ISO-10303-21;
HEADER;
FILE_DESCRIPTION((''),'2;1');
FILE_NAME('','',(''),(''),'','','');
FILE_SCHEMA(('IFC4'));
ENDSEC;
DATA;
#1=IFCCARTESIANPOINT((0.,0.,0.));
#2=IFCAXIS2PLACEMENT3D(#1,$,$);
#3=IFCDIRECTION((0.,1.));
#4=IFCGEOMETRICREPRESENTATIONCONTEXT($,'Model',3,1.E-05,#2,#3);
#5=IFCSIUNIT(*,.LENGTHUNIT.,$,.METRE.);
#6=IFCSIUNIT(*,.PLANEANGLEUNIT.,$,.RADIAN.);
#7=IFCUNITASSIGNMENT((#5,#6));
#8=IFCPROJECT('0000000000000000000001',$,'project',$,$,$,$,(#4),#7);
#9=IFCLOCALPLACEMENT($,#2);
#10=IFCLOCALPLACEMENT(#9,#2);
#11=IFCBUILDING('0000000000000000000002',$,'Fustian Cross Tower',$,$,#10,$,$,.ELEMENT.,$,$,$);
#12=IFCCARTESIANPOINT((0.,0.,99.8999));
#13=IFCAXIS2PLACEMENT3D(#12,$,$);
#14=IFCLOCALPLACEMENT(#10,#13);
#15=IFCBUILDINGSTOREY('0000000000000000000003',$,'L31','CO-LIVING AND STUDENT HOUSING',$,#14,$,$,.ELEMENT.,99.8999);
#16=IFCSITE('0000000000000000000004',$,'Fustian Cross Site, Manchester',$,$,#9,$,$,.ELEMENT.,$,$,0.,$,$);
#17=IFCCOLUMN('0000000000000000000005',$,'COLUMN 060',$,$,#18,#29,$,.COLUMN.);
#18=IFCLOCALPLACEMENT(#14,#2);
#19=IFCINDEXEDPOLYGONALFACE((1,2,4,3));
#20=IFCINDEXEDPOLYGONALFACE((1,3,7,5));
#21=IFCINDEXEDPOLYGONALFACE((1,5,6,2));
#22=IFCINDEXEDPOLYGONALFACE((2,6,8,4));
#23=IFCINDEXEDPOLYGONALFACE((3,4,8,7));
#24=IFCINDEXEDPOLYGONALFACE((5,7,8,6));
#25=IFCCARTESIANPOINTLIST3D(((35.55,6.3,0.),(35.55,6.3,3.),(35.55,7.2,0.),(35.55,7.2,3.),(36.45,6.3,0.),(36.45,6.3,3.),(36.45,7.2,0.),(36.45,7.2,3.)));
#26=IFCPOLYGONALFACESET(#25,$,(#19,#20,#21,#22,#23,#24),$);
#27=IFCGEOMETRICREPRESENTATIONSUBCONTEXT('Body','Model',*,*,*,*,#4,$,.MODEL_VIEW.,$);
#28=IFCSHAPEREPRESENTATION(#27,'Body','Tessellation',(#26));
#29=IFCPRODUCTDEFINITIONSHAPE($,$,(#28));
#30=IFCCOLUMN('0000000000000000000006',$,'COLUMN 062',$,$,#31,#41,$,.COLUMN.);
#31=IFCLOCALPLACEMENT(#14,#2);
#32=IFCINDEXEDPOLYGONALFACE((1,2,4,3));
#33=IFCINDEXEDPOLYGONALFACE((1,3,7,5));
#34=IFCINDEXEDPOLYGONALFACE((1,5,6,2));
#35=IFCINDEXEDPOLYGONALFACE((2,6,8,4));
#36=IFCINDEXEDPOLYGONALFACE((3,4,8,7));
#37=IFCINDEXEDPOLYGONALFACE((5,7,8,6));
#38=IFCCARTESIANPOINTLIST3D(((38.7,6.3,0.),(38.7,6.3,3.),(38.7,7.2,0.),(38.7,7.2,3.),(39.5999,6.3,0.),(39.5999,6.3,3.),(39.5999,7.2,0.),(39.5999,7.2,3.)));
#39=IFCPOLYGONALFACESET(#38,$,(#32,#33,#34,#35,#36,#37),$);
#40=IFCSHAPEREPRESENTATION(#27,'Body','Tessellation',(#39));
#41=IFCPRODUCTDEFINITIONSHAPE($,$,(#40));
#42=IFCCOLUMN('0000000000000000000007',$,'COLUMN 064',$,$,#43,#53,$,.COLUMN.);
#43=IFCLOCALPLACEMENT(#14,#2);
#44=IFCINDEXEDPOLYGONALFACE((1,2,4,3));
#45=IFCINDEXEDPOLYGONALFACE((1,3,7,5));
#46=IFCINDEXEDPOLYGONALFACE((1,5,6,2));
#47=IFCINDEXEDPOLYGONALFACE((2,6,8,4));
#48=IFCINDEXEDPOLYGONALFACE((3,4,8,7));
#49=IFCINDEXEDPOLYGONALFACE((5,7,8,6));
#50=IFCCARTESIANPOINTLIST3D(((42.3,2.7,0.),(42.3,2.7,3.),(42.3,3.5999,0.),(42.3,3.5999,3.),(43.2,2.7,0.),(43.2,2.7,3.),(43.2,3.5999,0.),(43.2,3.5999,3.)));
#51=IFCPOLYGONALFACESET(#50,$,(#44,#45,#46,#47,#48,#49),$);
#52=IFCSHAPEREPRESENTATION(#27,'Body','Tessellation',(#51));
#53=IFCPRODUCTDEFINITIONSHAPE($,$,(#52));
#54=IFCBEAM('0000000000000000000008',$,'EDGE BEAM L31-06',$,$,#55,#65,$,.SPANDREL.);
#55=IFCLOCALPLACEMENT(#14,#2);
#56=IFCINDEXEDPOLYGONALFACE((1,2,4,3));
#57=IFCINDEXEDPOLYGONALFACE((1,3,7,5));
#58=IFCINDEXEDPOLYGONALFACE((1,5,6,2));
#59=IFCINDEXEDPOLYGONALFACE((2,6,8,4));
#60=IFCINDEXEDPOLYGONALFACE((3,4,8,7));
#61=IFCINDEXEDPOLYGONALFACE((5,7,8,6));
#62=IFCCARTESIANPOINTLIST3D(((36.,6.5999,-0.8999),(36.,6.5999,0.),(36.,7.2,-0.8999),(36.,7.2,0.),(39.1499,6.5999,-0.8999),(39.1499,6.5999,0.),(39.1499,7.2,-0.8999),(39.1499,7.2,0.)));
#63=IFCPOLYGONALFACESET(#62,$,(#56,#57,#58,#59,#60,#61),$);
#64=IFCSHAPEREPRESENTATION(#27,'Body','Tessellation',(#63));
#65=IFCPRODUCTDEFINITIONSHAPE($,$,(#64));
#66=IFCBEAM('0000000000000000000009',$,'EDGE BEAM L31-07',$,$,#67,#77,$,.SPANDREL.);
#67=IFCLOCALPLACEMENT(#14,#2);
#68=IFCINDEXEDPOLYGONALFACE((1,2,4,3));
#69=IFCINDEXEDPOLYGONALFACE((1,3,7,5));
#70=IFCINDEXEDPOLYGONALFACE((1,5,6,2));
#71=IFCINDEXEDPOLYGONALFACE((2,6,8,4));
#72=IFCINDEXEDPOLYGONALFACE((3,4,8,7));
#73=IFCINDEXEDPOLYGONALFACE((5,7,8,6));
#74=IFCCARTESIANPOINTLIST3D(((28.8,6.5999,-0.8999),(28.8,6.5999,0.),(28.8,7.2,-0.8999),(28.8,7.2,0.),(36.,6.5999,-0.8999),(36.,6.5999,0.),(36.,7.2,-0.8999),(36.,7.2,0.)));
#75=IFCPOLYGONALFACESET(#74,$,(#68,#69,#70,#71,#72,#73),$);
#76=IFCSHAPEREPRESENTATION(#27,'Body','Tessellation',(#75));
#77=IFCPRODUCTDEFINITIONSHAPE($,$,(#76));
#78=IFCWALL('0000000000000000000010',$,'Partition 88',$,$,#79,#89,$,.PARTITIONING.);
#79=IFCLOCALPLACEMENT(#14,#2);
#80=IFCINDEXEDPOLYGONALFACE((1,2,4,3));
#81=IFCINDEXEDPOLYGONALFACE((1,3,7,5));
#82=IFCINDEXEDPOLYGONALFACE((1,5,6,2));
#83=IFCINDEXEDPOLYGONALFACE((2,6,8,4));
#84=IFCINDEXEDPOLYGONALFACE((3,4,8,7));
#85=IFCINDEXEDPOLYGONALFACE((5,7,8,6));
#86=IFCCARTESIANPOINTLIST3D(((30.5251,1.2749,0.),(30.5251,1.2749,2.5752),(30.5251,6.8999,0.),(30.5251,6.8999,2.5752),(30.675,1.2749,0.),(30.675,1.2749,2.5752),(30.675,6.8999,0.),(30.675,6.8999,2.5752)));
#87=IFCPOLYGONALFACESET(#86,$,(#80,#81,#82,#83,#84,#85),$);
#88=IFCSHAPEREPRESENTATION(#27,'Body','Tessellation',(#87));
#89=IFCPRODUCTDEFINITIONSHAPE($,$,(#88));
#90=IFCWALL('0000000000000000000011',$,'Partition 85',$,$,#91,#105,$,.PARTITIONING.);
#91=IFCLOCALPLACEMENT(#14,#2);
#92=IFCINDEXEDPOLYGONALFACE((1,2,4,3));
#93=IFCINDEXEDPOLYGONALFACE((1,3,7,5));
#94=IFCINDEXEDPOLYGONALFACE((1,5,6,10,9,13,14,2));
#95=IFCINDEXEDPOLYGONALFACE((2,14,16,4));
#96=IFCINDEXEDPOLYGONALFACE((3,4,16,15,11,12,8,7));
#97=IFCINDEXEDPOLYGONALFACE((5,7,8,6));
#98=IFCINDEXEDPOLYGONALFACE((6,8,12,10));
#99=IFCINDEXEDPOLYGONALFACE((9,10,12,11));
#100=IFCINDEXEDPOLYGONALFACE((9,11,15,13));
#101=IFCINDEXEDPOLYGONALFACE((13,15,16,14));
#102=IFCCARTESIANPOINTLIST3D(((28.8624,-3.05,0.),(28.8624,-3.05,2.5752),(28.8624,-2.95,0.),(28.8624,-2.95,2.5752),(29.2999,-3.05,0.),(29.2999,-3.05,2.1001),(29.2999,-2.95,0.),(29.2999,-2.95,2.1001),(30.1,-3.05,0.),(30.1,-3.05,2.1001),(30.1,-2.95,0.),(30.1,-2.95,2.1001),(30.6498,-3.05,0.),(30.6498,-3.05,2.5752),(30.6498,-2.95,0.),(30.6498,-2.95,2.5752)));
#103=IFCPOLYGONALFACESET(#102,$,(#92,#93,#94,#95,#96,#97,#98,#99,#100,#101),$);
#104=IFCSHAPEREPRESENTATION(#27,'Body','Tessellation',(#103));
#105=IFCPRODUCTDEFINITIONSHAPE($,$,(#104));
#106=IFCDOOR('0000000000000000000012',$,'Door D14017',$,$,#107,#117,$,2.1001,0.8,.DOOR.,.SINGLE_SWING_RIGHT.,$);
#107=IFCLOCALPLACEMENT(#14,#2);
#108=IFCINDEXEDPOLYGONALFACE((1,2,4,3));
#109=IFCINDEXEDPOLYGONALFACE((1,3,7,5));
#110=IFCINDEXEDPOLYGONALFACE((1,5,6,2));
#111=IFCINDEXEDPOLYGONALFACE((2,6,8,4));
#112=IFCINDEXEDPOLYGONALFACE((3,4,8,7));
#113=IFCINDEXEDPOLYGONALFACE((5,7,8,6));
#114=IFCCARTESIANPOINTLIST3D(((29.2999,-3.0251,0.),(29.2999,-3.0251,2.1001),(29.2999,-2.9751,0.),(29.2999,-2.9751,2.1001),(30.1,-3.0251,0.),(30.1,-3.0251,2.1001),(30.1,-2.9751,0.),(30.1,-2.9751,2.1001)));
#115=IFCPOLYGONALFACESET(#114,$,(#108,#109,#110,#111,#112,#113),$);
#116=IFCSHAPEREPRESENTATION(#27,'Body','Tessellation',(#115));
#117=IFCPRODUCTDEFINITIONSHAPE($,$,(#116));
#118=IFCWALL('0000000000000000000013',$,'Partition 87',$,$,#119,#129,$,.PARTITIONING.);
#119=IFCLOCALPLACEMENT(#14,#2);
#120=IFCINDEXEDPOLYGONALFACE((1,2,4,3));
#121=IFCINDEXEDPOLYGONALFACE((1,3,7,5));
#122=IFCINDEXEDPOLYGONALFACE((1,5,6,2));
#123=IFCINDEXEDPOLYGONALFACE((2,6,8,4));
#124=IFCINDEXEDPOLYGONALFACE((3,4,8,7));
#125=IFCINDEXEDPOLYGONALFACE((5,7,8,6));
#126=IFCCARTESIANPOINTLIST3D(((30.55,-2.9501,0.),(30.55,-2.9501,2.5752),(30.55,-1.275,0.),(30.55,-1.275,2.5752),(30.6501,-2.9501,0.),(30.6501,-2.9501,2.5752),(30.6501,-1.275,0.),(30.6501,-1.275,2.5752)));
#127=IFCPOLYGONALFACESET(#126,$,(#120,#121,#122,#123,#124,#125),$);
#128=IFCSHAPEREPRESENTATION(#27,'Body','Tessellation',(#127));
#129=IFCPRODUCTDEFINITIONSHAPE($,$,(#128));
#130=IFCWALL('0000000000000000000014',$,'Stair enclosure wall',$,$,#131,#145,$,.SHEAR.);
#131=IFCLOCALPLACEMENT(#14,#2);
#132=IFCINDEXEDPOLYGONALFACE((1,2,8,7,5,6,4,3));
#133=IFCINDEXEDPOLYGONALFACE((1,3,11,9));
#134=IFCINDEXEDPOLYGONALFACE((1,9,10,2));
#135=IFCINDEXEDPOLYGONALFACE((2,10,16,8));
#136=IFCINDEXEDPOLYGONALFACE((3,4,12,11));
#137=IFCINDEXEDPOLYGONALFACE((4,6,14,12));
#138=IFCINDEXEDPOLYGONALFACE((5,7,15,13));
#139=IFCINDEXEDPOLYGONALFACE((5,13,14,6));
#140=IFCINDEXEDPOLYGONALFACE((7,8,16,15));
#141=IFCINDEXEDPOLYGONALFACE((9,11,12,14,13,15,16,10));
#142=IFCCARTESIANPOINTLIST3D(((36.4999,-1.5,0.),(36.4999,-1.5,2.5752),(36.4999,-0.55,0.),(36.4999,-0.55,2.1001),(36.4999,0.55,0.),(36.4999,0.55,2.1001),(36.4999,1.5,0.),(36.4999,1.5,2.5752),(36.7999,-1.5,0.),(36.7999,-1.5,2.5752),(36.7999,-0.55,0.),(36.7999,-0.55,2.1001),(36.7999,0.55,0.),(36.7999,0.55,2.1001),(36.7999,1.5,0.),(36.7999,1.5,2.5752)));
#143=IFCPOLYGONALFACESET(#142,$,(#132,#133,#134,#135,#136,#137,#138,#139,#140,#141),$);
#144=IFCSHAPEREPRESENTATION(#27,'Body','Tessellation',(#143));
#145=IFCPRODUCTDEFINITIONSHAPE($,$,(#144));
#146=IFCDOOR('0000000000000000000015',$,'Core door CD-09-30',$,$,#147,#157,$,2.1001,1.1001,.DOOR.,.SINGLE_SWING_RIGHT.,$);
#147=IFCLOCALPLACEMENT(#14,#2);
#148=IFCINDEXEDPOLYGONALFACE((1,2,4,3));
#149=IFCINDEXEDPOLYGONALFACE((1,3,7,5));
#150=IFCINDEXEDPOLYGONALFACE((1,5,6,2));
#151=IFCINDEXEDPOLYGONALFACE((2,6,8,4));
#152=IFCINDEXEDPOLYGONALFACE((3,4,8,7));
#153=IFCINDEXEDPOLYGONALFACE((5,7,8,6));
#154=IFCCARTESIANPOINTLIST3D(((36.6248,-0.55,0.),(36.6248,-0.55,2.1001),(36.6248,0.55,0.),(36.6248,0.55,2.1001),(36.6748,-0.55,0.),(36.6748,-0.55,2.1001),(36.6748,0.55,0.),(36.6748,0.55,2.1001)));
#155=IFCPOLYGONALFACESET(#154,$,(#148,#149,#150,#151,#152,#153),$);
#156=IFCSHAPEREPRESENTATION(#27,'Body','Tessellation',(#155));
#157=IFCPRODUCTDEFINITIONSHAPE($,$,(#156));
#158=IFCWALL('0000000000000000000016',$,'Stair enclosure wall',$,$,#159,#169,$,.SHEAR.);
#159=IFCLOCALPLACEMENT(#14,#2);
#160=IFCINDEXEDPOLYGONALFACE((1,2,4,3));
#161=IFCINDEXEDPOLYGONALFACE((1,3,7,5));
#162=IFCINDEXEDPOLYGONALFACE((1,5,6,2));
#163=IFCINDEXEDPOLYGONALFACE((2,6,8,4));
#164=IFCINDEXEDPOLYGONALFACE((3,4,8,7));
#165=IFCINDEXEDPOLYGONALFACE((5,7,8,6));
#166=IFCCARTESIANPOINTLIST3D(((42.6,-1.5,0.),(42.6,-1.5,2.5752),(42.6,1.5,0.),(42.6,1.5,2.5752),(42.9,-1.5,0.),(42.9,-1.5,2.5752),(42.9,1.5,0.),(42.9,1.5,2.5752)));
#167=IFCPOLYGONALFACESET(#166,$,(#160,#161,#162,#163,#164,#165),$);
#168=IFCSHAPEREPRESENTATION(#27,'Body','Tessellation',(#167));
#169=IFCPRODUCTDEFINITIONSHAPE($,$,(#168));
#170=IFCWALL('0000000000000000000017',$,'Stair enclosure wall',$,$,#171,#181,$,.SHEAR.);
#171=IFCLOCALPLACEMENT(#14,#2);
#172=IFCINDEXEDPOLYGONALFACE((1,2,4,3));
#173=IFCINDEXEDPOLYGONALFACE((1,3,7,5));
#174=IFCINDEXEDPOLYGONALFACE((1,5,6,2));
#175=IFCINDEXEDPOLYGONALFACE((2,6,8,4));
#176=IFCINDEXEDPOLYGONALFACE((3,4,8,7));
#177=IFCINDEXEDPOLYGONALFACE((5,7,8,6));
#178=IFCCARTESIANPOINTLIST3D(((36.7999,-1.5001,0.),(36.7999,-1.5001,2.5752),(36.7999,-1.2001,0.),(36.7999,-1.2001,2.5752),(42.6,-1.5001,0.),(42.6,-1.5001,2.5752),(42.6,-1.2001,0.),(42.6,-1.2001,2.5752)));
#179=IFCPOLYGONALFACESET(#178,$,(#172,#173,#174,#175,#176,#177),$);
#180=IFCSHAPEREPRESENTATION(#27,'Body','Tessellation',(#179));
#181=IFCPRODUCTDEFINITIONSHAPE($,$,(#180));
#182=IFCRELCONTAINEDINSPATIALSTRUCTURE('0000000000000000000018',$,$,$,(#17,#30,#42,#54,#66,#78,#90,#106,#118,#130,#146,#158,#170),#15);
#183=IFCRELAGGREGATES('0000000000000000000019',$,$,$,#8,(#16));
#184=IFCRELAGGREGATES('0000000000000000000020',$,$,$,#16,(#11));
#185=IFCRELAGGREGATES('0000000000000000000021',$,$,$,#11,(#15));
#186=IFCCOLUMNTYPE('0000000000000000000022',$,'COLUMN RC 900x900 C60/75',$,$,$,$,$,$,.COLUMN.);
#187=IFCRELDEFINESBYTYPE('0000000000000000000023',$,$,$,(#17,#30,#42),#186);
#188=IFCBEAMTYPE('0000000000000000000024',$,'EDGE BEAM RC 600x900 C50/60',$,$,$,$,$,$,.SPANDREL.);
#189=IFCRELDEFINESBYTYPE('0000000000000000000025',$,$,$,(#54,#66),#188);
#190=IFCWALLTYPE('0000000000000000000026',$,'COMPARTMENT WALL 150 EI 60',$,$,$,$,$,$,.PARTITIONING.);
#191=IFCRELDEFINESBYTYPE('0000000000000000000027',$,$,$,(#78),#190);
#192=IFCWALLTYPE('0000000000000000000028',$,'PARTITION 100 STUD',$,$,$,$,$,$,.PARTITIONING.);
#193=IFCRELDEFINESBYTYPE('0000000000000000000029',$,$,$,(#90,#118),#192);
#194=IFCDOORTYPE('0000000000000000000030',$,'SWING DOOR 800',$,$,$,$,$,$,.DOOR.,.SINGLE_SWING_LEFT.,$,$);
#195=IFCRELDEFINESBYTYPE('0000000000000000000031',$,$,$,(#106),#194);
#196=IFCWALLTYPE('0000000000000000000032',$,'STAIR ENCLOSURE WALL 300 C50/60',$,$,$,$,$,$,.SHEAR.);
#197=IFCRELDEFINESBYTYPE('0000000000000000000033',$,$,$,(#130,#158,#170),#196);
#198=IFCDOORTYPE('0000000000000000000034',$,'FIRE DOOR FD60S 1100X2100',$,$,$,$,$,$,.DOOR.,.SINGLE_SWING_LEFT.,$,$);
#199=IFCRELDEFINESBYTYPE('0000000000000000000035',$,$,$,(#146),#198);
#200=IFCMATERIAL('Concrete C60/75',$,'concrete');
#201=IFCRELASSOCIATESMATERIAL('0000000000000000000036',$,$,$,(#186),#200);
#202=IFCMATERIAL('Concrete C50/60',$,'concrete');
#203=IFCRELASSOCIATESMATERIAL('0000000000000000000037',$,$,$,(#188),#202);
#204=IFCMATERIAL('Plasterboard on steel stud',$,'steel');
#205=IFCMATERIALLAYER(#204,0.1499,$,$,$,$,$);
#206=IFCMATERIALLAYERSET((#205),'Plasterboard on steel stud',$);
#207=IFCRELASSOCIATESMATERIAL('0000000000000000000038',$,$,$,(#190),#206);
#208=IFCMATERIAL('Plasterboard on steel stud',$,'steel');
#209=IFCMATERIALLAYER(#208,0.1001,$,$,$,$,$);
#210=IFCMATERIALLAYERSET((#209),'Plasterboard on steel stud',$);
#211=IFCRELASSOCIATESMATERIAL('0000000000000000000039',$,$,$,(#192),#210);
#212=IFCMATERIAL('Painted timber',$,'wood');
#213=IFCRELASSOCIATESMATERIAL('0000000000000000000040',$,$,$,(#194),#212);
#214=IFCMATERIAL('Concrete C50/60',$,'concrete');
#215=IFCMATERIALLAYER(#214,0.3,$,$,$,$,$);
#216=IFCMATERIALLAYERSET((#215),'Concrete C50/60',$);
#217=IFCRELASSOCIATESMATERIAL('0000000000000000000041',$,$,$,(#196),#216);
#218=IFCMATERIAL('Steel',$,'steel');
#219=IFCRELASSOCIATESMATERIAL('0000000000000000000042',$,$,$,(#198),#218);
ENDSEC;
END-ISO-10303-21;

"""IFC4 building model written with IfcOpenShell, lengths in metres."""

from ifc_helpers import new_model, si_unit, direction, frame, frame_2d, origin, origin_2d, place, context, subcontext, project, spatial, rectangle, extrude, material, layer, layer_set, material_profile, profile_set, type_object, element, fill, save


model = new_model("IFC4")

# Units and contexts
model_context = context("Model", 3, precision=1e-05, world=origin(), true_north=direction((0.0, 1.0)))
body_context = subcontext(model_context, "Body", "Model", "MODEL_VIEW")
ifc_project = project(units=[si_unit("LENGTHUNIT", "METRE"), si_unit("PLANEANGLEUNIT", "RADIAN")], contexts=[model_context])

# Site, building, storey
site_placement = place(None, origin())
site = spatial("IfcSite", under=ifc_project, at=site_placement, Name="Fustian Cross Site, Manchester", CompositionType="ELEMENT", RefElevation=0.0)
building_placement = place(site_placement, origin())
building = spatial("IfcBuilding", under=site, at=building_placement, Name="Fustian Cross Tower", CompositionType="ELEMENT")
storey_placement = place(building_placement, frame((0.0, 0.0, 99.8999)))
storey = spatial("IfcBuildingStorey", under=building, at=storey_placement, Name="L31", Description="CO-LIVING AND STUDENT HOUSING", CompositionType="ELEMENT", Elevation=99.8999)

# Columns
ifc_material_1 = material(Name="Concrete C60/75", Category="concrete")
ifc_material_profile_1 = material_profile(ifc_material_1, rectangle(XDim=0.8999, YDim=0.8999, at=origin_2d()), Name="RC 900x900")
ifc_profile_set_1 = profile_set([ifc_material_profile_1], Name="Concrete C60/75")
column_type = type_object("IfcColumnType", Name="COLUMN RC 900x900 C60/75", PredefinedType="COLUMN", material=ifc_profile_set_1)
for number, where, z_axis, x_axis, name in (
    (1, (36.0, 6.75, 0.0), (0.0, 0.0, 1.0), (1.0, 0.0, 0.0), "COLUMN 060"),
    (2, (39.1499, 6.75, 0.0), (0.0, 0.0, 1.0), (1.0, 0.0, 0.0), "COLUMN 062"),
    (3, (42.75, 3.1499, 0.0), (0.0, 0.0, 1.0), (1.0, 0.0, 0.0), "COLUMN 064"),
):
    element("IfcColumn", number, at=place(storey_placement, frame(where, z_axis=z_axis, x_axis=x_axis)), inside=storey, type_object=column_type, Name=name, PredefinedType="COLUMN", context=body_context, shape_type="SweptSolid", body=[
        extrude(rectangle(XDim=0.8999, YDim=0.8999, at=origin_2d()), origin(), (0.0, 0.0, 1.0), 3.0),
    ])

# Beams
ifc_material_2 = material(Name="Concrete C50/60", Category="concrete")
ifc_material_profile_2 = material_profile(ifc_material_2, rectangle(XDim=0.6001, YDim=0.8999, at=origin_2d()), Name="RC 600x900")
ifc_profile_set_2 = profile_set([ifc_material_profile_2], Name="Concrete C50/60")
beam_type = type_object("IfcBeamType", Name="EDGE BEAM RC 600x900 C50/60", PredefinedType="SPANDREL", material=ifc_profile_set_2)
beam_1_placement = place(storey_placement, frame((39.1499, 6.8999, -0.45), z_axis=(-1.0, 0.0, 0.0), x_axis=(0.0, -1.0, 0.0)))
element("IfcBeam", 4, at=beam_1_placement, inside=storey, type_object=beam_type, Name="EDGE BEAM L31-06", PredefinedType="SPANDREL", context=body_context, shape_type="SweptSolid", body=[
    extrude(rectangle(XDim=0.6001, YDim=0.8999, at=origin_2d()), origin(), (0.0, 0.0, 1.0), 3.1499),
])
beam_2_placement = place(storey_placement, frame((36.0, 6.8999, -0.45), z_axis=(-1.0, 0.0, 0.0), x_axis=(0.0, -1.0, 0.0)))
element("IfcBeam", 5, at=beam_2_placement, inside=storey, type_object=beam_type, Name="EDGE BEAM L31-07", PredefinedType="SPANDREL", context=body_context, shape_type="SweptSolid", body=[
    extrude(rectangle(XDim=0.6001, YDim=0.8999, at=origin_2d()), origin(), (0.0, 0.0, 1.0), 7.2),
])

# Wall
ifc_material_3 = material(Name="Plasterboard on steel stud", Category="steel")
ifc_layer_1 = layer(ifc_material_3, 0.1499)
ifc_layer_set_1 = layer_set([ifc_layer_1], Name="Plasterboard on steel stud")
wall_type_1 = type_object("IfcWallType", Name="COMPARTMENT WALL 150 EI 60", PredefinedType="PARTITIONING", material=ifc_layer_set_1)
wall_1_placement = place(storey_placement, frame((30.6001, 1.2749, 0.0), z_axis=(0.0, 0.0, 1.0), x_axis=(0.0, 1.0, 0.0)))
element("IfcWall", 6, at=wall_1_placement, inside=storey, type_object=wall_type_1, Name="Partition 88", PredefinedType="PARTITIONING", context=body_context, shape_type="SweptSolid", body=[
    extrude(rectangle(XDim=5.625, YDim=0.1499, at=frame_2d((2.8125, 0.0))), origin(), (0.0, 0.0, 1.0), 2.5752),
])

# Wall, opening, door
ifc_material_4 = material(Name="Plasterboard on steel stud", Category="steel")
ifc_layer_2 = layer(ifc_material_4, 0.1001)
ifc_layer_set_2 = layer_set([ifc_layer_2], Name="Plasterboard on steel stud")
wall_type_2 = type_object("IfcWallType", Name="PARTITION 100 STUD", PredefinedType="PARTITIONING", material=ifc_layer_set_2)
wall_2_placement = place(storey_placement, frame((28.8625, -3.0, 0.0), z_axis=(0.0, 0.0, 1.0), x_axis=(1.0, 0.0, 0.0)))
wall_2 = element("IfcWall", 7, at=wall_2_placement, inside=storey, type_object=wall_type_2, Name="Partition 85", PredefinedType="PARTITIONING", context=body_context, shape_type="SweptSolid", body=[
    extrude(rectangle(XDim=1.7874, YDim=0.1001, at=frame_2d((0.8936, 0.0))), origin(), (0.0, 0.0, 1.0), 2.5752),
])
opening_1_placement = place(wall_2_placement, frame((0.4375, 0.0, 0.0)))
opening_1 = element("IfcOpeningElement", 8, at=opening_1_placement, cuts=wall_2, PredefinedType="OPENING", context=body_context, shape_type="SweptSolid", body=[
    extrude(rectangle(XDim=0.8, YDim=2.1001, at=frame_2d((0.3999, 1.05))), frame((0.0, 0.0601, 0.0), z_axis=(0.0, -1.0, 0.0), x_axis=(1.0, 0.0, 0.0)), (0.0, 0.0, 1.0), 0.1201),
])
ifc_material_5 = material(Name="Painted timber", Category="wood")
door_type_1 = type_object("IfcDoorType", Name="SWING DOOR 800", OperationType="SINGLE_SWING_LEFT", PredefinedType="DOOR", material=ifc_material_5)
door_1_placement = place(opening_1_placement, origin())
door_1 = element("IfcDoor", 9, at=door_1_placement, inside=storey, type_object=door_type_1, Name="Door D14017", OperationType="SINGLE_SWING_RIGHT", OverallHeight=2.1001, OverallWidth=0.8, PredefinedType="DOOR", context=body_context, shape_type="SweptSolid", body=[
    extrude(rectangle(XDim=0.8, YDim=2.1001, at=frame_2d((0.3999, 1.05))), frame((0.0, 0.0249, 0.0), z_axis=(0.0, -1.0, 0.0), x_axis=(1.0, 0.0, 0.0)), (0.0, 0.0, 1.0), 0.05),
])
fill(opening_1, door_1)

# Wall
wall_3_placement = place(storey_placement, frame((30.6001, -2.95, 0.0), z_axis=(0.0, 0.0, 1.0), x_axis=(0.0, 1.0, 0.0)))
element("IfcWall", 10, at=wall_3_placement, inside=storey, type_object=wall_type_2, Name="Partition 87", PredefinedType="PARTITIONING", context=body_context, shape_type="SweptSolid", body=[
    extrude(rectangle(XDim=1.675, YDim=0.1001, at=frame_2d((0.8374, 0.0))), origin(), (0.0, 0.0, 1.0), 2.5752),
])

# Wall, opening, door
ifc_material_6 = material(Name="Concrete C50/60", Category="concrete")
ifc_layer_3 = layer(ifc_material_6, 0.3)
ifc_layer_set_3 = layer_set([ifc_layer_3], Name="Concrete C50/60")
wall_type_3 = type_object("IfcWallType", Name="STAIR ENCLOSURE WALL 300 C50/60", PredefinedType="SHEAR", material=ifc_layer_set_3)
wall_4_placement = place(storey_placement, frame((36.6499, -1.5, 0.0), z_axis=(0.0, 0.0, 1.0), x_axis=(0.0, 1.0, 0.0)))
wall_4 = element("IfcWall", 11, at=wall_4_placement, inside=storey, type_object=wall_type_3, Name="Stair enclosure wall", PredefinedType="SHEAR", context=body_context, shape_type="SweptSolid", body=[
    extrude(rectangle(XDim=3.0, YDim=0.3, at=frame_2d((1.5, 0.0))), origin(), (0.0, 0.0, 1.0), 2.5752),
])
opening_2_placement = place(wall_4_placement, frame((0.95, 0.0, 0.0)))
opening_2 = element("IfcOpeningElement", 12, at=opening_2_placement, cuts=wall_4, PredefinedType="OPENING", context=body_context, shape_type="SweptSolid", body=[
    extrude(rectangle(XDim=1.1001, YDim=2.1001, at=frame_2d((0.55, 1.05))), frame((0.0, 0.1599, 0.0), z_axis=(0.0, -1.0, 0.0), x_axis=(1.0, 0.0, 0.0)), (0.0, 0.0, 1.0), 0.3201),
])
ifc_material_7 = material(Name="Steel", Category="steel")
door_type_2 = type_object("IfcDoorType", Name="FIRE DOOR FD60S 1100X2100", OperationType="SINGLE_SWING_LEFT", PredefinedType="DOOR", material=ifc_material_7)
door_2_placement = place(opening_2_placement, frame((1.1001, 0.0, 0.0), z_axis=(0.0, 0.0, 1.0), x_axis=(-1.0, 0.0, 0.0)))
door_2 = element("IfcDoor", 13, at=door_2_placement, inside=storey, type_object=door_type_2, Name="Core door CD-09-30", OperationType="SINGLE_SWING_RIGHT", OverallHeight=2.1001, OverallWidth=1.1001, PredefinedType="DOOR", context=body_context, shape_type="SweptSolid", body=[
    extrude(rectangle(XDim=1.1001, YDim=2.1001, at=frame_2d((0.55, 1.05))), frame((0.0, 0.0249, 0.0), z_axis=(0.0, -1.0, 0.0), x_axis=(1.0, 0.0, 0.0)), (0.0, 0.0, 1.0), 0.05),
])
fill(opening_2, door_2)

# Walls
wall_5_placement = place(storey_placement, frame((42.75, -1.5, 0.0), z_axis=(0.0, 0.0, 1.0), x_axis=(0.0, 1.0, 0.0)))
element("IfcWall", 14, at=wall_5_placement, inside=storey, type_object=wall_type_3, Name="Stair enclosure wall", PredefinedType="SHEAR", context=body_context, shape_type="SweptSolid", body=[
    extrude(rectangle(XDim=3.0, YDim=0.3, at=frame_2d((1.5, 0.0))), origin(), (0.0, 0.0, 1.0), 2.5752),
])
for number, where, z_axis, x_axis, name in (
    (15, (36.8, -1.3501, 0.0), (0.0, 0.0, 1.0), (1.0, 0.0, 0.0), "Stair enclosure wall"),
):
    element("IfcWall", number, at=place(storey_placement, frame(where, z_axis=z_axis, x_axis=x_axis)), inside=storey, type_object=wall_type_3, Name=name, PredefinedType="SHEAR", context=body_context, shape_type="SweptSolid", body=[
        extrude(rectangle(XDim=5.8, YDim=0.3, at=frame_2d((2.8999, 0.0))), origin(), (0.0, 0.0, 1.0), 2.5752),
    ])

save(model, "model.ifc")
